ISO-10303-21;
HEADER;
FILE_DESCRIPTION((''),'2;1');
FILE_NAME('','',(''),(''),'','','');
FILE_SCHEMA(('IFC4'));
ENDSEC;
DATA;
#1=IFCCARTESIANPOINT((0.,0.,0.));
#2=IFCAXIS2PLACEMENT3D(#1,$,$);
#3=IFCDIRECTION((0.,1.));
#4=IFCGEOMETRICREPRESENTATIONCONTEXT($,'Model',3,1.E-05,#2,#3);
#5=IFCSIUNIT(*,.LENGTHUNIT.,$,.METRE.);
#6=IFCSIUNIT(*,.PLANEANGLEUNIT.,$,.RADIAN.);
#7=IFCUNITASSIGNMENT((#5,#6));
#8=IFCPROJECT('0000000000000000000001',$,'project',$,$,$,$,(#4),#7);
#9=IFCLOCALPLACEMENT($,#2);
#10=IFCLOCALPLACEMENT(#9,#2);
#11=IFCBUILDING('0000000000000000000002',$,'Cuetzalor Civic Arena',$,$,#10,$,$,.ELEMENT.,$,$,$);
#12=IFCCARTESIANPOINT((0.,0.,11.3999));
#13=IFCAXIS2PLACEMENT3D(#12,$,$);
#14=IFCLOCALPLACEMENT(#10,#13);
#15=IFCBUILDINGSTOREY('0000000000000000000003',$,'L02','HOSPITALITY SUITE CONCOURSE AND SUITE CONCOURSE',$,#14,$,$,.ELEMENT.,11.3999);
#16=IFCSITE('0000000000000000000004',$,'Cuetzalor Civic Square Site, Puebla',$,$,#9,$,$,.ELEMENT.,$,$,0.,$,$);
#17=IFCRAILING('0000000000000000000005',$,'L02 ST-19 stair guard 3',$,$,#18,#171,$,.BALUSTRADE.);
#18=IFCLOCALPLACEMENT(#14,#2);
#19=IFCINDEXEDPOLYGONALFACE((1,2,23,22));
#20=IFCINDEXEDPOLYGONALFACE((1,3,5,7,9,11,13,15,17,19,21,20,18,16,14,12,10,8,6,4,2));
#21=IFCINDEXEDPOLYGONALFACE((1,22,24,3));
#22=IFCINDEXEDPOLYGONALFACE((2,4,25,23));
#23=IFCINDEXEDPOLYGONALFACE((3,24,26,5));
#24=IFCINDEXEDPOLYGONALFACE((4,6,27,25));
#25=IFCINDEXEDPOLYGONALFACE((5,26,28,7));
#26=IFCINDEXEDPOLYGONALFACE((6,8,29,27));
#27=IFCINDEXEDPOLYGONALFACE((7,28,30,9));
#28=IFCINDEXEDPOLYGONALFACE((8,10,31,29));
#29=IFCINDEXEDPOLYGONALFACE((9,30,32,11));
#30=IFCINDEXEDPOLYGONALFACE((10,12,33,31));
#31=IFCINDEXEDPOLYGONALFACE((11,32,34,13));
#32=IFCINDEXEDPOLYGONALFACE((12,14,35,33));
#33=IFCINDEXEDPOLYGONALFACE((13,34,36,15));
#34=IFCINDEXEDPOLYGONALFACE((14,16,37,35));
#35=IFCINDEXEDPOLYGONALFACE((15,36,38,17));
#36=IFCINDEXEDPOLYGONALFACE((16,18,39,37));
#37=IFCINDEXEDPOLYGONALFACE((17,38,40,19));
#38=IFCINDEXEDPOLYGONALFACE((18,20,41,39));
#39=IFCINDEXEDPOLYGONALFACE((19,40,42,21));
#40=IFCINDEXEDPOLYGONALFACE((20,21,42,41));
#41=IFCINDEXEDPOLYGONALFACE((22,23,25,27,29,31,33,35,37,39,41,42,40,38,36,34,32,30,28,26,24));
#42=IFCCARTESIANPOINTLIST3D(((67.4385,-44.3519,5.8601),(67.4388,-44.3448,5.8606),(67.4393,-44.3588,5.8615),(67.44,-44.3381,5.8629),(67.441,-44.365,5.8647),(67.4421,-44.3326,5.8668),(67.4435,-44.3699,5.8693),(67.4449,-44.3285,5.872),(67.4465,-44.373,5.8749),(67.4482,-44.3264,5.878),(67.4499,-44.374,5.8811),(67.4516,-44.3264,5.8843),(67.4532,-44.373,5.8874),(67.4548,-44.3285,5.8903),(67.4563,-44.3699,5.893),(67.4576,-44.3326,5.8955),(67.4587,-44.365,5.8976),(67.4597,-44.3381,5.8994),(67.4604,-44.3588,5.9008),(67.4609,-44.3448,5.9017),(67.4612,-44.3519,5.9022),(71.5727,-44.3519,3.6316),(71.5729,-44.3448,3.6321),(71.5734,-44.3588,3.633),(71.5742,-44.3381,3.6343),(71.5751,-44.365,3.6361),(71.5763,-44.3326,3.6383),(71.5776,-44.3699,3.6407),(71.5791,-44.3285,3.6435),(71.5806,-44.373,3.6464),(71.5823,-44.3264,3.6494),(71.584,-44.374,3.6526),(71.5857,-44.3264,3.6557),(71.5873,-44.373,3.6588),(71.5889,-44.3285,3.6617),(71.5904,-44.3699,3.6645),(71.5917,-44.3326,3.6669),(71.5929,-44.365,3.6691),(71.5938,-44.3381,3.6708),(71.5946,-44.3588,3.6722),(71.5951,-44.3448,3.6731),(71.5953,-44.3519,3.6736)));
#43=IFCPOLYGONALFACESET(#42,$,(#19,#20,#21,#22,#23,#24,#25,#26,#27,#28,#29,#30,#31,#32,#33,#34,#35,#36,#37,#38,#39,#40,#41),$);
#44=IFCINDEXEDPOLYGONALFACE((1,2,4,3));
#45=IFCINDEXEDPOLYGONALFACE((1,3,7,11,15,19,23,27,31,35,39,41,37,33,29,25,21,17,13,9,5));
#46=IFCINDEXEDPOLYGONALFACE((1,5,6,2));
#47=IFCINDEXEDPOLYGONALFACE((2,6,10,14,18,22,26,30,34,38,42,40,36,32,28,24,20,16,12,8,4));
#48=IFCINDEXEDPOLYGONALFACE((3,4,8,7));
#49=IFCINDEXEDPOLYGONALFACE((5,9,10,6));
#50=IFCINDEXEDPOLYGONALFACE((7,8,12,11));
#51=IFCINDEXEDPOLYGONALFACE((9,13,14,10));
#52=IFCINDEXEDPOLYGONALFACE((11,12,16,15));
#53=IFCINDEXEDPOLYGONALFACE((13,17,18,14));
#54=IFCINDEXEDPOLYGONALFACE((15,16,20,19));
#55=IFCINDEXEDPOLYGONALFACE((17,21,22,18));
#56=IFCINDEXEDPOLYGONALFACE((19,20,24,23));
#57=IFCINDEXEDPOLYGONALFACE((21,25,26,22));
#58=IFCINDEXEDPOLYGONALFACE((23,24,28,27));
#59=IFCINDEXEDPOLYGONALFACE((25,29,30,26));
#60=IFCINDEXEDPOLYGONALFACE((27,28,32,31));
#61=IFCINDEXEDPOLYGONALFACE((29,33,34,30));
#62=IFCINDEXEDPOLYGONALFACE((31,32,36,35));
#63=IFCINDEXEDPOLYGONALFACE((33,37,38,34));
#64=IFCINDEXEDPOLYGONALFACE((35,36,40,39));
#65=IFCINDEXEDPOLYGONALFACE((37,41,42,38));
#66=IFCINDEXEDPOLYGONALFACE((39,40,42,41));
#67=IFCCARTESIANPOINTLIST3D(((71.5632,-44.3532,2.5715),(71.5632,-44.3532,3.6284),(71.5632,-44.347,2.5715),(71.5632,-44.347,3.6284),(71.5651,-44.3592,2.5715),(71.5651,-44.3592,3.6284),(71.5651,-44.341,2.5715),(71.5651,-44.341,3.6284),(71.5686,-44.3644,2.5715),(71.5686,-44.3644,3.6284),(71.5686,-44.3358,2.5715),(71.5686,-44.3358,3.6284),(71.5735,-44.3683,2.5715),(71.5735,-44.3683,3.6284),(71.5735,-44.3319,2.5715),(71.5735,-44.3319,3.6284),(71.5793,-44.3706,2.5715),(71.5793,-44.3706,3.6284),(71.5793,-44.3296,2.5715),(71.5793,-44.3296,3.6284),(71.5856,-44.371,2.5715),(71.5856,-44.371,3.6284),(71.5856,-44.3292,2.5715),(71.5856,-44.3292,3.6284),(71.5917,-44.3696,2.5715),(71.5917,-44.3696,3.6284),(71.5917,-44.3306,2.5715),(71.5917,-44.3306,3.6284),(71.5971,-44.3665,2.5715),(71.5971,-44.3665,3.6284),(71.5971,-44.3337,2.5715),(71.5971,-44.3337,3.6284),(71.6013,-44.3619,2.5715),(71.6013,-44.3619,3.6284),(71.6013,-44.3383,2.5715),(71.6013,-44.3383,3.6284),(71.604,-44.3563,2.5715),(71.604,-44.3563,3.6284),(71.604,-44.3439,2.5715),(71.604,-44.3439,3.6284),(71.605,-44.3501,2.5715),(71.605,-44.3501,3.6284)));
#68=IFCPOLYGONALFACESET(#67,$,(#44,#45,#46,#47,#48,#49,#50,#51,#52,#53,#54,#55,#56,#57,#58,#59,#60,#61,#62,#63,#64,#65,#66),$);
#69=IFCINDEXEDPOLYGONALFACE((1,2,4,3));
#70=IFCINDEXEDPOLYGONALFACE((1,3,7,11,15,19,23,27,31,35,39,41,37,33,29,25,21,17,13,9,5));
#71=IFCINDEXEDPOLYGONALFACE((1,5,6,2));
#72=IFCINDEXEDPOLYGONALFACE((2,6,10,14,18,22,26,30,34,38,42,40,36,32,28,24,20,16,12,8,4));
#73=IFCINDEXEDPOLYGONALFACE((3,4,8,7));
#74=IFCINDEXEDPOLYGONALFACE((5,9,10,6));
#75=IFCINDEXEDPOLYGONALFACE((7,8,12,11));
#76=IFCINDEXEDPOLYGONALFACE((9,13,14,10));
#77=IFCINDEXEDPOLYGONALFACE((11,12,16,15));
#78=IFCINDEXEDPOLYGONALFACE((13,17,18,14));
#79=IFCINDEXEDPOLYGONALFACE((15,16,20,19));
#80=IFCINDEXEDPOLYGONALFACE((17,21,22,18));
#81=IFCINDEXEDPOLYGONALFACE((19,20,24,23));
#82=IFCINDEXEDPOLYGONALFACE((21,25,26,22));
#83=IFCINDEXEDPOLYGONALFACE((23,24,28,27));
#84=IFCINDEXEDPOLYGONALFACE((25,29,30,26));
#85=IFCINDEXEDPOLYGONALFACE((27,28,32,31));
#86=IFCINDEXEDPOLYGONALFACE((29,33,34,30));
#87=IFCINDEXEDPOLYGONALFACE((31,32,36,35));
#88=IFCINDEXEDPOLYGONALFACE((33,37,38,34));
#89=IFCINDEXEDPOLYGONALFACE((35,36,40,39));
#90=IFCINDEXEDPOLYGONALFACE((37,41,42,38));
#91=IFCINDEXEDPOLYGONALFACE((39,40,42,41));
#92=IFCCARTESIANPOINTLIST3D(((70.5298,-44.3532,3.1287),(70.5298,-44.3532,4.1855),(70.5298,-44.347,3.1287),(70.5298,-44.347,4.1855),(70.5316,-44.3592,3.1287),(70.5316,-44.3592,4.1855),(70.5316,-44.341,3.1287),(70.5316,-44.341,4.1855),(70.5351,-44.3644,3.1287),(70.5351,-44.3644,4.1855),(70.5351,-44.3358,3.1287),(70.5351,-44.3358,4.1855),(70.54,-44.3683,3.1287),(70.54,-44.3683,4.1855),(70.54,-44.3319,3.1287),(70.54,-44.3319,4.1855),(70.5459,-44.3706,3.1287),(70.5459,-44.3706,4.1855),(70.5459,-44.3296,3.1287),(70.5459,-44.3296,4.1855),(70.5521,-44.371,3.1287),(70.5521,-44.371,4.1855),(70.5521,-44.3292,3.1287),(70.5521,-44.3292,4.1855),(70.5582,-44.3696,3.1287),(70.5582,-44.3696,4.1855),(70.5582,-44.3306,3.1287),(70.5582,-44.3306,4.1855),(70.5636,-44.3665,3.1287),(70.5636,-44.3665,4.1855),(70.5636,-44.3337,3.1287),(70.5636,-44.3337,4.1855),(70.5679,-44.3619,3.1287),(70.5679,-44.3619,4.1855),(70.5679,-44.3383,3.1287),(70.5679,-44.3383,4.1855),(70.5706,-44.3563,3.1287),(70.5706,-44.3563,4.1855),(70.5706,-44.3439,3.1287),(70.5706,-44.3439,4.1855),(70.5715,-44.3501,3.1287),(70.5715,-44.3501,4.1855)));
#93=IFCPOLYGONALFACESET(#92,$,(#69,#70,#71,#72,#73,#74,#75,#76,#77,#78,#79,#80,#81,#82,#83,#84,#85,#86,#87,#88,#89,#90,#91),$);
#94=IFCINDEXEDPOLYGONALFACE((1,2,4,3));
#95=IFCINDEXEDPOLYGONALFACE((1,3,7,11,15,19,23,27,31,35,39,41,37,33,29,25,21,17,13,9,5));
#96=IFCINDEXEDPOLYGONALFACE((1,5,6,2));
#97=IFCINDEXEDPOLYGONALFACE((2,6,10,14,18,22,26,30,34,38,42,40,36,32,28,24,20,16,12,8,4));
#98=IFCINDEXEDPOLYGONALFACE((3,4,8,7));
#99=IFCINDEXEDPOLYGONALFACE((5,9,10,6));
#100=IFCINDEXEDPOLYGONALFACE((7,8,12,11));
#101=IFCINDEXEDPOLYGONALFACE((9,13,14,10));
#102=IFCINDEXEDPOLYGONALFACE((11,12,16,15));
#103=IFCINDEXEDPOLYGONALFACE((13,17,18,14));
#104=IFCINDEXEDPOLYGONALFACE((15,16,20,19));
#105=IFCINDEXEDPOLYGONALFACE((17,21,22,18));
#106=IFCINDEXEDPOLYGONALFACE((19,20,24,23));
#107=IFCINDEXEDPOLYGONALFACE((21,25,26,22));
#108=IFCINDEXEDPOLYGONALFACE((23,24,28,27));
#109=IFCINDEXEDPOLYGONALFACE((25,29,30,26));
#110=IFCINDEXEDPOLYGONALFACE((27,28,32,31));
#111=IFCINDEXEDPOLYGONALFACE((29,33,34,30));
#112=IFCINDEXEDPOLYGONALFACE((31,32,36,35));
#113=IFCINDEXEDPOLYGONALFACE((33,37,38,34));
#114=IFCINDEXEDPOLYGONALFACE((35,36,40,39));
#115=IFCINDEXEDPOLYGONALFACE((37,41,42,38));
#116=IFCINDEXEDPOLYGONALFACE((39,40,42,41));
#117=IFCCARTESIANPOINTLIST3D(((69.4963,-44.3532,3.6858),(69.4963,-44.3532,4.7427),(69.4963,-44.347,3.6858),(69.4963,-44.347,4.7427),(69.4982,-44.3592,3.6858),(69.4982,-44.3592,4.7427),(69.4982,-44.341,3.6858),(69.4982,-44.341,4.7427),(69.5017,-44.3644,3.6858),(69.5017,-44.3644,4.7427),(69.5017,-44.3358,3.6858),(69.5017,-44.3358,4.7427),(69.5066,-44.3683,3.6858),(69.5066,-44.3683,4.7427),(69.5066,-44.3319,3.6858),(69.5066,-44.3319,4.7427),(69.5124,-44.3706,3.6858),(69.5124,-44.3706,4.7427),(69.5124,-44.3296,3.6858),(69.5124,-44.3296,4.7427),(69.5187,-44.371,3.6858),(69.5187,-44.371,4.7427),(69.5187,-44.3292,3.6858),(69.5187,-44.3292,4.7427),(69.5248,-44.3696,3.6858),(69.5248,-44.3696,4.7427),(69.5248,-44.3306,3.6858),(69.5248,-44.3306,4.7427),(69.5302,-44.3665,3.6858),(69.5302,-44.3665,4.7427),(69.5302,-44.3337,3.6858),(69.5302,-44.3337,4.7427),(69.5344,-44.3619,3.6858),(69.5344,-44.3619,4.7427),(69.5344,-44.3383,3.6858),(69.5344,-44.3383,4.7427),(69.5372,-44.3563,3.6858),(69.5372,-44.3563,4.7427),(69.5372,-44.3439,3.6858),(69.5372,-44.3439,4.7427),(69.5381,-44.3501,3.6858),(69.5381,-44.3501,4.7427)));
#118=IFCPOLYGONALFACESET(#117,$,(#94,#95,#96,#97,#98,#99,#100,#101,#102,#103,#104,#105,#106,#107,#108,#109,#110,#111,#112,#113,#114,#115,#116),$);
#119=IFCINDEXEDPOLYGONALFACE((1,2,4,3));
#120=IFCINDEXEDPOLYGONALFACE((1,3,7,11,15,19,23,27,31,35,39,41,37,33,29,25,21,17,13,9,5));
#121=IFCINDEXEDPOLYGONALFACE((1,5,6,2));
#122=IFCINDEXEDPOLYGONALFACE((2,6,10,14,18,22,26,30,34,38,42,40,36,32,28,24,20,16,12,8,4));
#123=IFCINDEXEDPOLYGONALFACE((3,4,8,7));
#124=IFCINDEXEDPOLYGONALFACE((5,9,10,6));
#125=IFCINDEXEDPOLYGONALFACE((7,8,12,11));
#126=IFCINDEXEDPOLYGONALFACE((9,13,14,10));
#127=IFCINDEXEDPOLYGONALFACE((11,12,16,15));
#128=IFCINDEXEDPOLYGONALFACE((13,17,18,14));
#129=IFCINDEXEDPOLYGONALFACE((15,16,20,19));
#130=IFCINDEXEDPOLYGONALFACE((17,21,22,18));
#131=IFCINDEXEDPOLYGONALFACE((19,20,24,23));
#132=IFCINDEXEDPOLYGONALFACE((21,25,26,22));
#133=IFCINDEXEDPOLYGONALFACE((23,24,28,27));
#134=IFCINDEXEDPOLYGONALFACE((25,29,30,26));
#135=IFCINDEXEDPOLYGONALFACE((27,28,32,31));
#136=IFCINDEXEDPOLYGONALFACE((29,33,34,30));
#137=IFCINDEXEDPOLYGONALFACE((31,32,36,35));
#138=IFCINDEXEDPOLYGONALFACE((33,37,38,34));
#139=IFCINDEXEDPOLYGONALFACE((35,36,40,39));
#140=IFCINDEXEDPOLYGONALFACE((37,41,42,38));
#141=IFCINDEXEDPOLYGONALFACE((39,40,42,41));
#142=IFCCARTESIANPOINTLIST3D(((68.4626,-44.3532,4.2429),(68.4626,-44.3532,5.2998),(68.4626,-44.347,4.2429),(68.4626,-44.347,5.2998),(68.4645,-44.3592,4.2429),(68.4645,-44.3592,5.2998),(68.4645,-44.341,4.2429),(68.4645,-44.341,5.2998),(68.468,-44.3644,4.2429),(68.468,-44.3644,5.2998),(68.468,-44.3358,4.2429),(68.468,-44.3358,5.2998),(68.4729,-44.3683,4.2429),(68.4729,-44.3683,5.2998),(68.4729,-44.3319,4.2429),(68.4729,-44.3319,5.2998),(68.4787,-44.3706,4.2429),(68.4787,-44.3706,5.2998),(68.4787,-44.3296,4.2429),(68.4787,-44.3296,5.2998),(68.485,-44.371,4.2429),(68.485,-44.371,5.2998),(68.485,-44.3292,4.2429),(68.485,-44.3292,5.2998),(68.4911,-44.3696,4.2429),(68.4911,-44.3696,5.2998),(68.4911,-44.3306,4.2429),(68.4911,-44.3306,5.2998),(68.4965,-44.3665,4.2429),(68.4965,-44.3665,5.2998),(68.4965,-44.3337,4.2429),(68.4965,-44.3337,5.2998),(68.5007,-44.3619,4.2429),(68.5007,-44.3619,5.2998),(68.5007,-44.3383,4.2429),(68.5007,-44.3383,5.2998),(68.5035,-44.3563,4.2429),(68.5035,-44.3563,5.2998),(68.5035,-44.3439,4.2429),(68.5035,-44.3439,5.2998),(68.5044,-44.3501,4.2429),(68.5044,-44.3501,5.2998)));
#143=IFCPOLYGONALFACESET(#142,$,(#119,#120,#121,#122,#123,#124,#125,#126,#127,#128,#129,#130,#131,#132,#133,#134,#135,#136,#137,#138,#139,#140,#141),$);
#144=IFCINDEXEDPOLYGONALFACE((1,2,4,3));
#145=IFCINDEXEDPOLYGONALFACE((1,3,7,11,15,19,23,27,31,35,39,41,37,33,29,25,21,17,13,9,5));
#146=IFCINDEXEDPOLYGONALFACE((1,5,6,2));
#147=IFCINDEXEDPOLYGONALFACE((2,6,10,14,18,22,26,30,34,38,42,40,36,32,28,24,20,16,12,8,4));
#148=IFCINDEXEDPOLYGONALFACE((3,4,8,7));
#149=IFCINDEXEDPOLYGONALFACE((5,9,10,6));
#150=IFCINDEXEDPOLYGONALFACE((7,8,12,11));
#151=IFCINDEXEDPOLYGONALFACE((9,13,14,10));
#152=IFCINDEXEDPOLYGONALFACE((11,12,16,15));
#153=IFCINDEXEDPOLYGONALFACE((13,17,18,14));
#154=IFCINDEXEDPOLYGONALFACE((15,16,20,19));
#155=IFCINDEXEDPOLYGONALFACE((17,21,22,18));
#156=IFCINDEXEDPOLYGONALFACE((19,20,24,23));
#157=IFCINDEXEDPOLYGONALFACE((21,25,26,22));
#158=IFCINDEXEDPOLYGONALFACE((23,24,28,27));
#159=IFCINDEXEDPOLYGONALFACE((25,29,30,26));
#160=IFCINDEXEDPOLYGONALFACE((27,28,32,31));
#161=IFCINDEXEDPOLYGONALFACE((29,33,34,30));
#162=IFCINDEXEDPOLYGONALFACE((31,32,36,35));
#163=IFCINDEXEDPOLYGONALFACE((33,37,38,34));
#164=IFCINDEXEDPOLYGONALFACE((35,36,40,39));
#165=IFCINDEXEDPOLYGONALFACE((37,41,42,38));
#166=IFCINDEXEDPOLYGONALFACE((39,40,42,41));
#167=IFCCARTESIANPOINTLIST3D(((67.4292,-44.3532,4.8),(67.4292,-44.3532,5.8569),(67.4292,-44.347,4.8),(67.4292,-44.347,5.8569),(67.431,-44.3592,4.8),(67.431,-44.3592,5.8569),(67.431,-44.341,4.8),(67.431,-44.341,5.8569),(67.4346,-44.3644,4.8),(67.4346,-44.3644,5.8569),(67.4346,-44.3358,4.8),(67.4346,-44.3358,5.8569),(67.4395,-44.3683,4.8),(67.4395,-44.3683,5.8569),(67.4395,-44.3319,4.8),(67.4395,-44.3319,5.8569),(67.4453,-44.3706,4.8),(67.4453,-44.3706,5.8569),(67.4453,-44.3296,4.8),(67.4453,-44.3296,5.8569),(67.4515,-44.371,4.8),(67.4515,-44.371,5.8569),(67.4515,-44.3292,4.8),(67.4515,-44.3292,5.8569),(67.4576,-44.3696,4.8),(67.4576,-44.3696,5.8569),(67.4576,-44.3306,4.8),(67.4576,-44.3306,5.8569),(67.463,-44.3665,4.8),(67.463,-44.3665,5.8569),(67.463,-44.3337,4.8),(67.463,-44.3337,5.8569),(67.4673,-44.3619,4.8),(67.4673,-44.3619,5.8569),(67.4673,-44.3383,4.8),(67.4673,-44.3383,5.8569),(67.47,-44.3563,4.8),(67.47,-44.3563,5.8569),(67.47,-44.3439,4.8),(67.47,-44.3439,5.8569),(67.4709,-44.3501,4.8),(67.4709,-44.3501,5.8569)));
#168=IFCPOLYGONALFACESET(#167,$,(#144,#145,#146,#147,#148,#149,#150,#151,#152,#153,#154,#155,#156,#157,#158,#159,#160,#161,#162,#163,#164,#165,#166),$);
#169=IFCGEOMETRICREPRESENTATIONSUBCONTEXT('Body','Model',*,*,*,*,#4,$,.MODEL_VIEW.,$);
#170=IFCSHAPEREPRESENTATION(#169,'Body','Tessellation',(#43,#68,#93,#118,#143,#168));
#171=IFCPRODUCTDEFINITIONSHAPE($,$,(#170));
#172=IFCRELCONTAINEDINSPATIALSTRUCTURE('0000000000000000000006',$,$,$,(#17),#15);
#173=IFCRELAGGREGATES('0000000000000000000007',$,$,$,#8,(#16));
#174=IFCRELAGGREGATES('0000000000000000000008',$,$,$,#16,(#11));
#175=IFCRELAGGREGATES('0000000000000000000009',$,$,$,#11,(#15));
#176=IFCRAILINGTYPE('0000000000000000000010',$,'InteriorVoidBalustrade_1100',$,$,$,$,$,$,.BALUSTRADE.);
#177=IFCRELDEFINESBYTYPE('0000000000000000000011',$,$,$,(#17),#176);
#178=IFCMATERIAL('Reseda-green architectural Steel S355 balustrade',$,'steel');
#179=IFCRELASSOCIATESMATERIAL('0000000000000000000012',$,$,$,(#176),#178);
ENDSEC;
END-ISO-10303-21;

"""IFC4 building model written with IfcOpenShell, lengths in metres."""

from ifc_helpers import new_model, si_unit, direction, frame, origin, origin_2d, place, context, subcontext, project, spatial, circle, extrude, material, type_object, element, save


model = new_model("IFC4")

# Units and contexts
model_context = context("Model", 3, precision=1e-05, world=origin(), true_north=direction((0.0, 1.0)))
body_context = subcontext(model_context, "Body", "Model", "MODEL_VIEW")
ifc_project = project(units=[si_unit("LENGTHUNIT", "METRE"), si_unit("PLANEANGLEUNIT", "RADIAN")], contexts=[model_context])

# Site, building, storey
site_placement = place(None, origin())
site = spatial("IfcSite", under=ifc_project, at=site_placement, Name="Cuetzalor Civic Square Site, Puebla", CompositionType="ELEMENT", RefElevation=0.0)
building_placement = place(site_placement, origin())
building = spatial("IfcBuilding", under=site, at=building_placement, Name="Cuetzalor Civic Arena", CompositionType="ELEMENT")
storey_placement = place(building_placement, frame((0.0, 0.0, 11.3999)))
storey = spatial("IfcBuildingStorey", under=building, at=storey_placement, Name="L02", Description="HOSPITALITY SUITE CONCOURSE AND SUITE CONCOURSE", CompositionType="ELEMENT", Elevation=11.3999)

# Railing
ifc_material_1 = material(Name="Reseda-green architectural Steel S355 balustrade", Category="steel")
railing_type_1 = type_object("IfcRailingType", Name="InteriorVoidBalustrade_1100", PredefinedType="BALUSTRADE", material=ifc_material_1)
railing_1_placement = place(storey_placement, frame((71.584, -44.3501, 2.5715)))
element("IfcRailing", 1, at=railing_1_placement, inside=storey, type_object=railing_type_1, Name="L02 ST-19 stair guard 3", PredefinedType="BALUSTRADE", context=body_context, shape_type="SweptSolid", body=[
    extrude(circle(Radius=0.0239, at=origin_2d()), frame((0.0, 0.0, 1.0811), z_axis=(-0.880249, 0.0, 0.474512), x_axis=(0.0, -1.0, 0.0)), (0.0, 0.0, 1.0), 4.6965),
    extrude(circle(Radius=0.021, at=origin_2d()), origin(), (0.0, 0.0, 1.0), 1.0569),
    extrude(circle(Radius=0.021, at=origin_2d()), frame((-1.0334, 0.0, 0.5571)), (0.0, 0.0, 1.0), 1.0569),
    extrude(circle(Radius=0.021, at=origin_2d()), frame((-2.0669, 0.0, 1.1143)), (0.0, 0.0, 1.0), 1.0569),
    extrude(circle(Radius=0.021, at=origin_2d()), frame((-3.1006, 0.0, 1.6714)), (0.0, 0.0, 1.0), 1.0569),
    extrude(circle(Radius=0.021, at=origin_2d()), frame((-4.134, 0.0, 2.2285)), (0.0, 0.0, 1.0), 1.0569),
])

save(model, "model.ifc")
